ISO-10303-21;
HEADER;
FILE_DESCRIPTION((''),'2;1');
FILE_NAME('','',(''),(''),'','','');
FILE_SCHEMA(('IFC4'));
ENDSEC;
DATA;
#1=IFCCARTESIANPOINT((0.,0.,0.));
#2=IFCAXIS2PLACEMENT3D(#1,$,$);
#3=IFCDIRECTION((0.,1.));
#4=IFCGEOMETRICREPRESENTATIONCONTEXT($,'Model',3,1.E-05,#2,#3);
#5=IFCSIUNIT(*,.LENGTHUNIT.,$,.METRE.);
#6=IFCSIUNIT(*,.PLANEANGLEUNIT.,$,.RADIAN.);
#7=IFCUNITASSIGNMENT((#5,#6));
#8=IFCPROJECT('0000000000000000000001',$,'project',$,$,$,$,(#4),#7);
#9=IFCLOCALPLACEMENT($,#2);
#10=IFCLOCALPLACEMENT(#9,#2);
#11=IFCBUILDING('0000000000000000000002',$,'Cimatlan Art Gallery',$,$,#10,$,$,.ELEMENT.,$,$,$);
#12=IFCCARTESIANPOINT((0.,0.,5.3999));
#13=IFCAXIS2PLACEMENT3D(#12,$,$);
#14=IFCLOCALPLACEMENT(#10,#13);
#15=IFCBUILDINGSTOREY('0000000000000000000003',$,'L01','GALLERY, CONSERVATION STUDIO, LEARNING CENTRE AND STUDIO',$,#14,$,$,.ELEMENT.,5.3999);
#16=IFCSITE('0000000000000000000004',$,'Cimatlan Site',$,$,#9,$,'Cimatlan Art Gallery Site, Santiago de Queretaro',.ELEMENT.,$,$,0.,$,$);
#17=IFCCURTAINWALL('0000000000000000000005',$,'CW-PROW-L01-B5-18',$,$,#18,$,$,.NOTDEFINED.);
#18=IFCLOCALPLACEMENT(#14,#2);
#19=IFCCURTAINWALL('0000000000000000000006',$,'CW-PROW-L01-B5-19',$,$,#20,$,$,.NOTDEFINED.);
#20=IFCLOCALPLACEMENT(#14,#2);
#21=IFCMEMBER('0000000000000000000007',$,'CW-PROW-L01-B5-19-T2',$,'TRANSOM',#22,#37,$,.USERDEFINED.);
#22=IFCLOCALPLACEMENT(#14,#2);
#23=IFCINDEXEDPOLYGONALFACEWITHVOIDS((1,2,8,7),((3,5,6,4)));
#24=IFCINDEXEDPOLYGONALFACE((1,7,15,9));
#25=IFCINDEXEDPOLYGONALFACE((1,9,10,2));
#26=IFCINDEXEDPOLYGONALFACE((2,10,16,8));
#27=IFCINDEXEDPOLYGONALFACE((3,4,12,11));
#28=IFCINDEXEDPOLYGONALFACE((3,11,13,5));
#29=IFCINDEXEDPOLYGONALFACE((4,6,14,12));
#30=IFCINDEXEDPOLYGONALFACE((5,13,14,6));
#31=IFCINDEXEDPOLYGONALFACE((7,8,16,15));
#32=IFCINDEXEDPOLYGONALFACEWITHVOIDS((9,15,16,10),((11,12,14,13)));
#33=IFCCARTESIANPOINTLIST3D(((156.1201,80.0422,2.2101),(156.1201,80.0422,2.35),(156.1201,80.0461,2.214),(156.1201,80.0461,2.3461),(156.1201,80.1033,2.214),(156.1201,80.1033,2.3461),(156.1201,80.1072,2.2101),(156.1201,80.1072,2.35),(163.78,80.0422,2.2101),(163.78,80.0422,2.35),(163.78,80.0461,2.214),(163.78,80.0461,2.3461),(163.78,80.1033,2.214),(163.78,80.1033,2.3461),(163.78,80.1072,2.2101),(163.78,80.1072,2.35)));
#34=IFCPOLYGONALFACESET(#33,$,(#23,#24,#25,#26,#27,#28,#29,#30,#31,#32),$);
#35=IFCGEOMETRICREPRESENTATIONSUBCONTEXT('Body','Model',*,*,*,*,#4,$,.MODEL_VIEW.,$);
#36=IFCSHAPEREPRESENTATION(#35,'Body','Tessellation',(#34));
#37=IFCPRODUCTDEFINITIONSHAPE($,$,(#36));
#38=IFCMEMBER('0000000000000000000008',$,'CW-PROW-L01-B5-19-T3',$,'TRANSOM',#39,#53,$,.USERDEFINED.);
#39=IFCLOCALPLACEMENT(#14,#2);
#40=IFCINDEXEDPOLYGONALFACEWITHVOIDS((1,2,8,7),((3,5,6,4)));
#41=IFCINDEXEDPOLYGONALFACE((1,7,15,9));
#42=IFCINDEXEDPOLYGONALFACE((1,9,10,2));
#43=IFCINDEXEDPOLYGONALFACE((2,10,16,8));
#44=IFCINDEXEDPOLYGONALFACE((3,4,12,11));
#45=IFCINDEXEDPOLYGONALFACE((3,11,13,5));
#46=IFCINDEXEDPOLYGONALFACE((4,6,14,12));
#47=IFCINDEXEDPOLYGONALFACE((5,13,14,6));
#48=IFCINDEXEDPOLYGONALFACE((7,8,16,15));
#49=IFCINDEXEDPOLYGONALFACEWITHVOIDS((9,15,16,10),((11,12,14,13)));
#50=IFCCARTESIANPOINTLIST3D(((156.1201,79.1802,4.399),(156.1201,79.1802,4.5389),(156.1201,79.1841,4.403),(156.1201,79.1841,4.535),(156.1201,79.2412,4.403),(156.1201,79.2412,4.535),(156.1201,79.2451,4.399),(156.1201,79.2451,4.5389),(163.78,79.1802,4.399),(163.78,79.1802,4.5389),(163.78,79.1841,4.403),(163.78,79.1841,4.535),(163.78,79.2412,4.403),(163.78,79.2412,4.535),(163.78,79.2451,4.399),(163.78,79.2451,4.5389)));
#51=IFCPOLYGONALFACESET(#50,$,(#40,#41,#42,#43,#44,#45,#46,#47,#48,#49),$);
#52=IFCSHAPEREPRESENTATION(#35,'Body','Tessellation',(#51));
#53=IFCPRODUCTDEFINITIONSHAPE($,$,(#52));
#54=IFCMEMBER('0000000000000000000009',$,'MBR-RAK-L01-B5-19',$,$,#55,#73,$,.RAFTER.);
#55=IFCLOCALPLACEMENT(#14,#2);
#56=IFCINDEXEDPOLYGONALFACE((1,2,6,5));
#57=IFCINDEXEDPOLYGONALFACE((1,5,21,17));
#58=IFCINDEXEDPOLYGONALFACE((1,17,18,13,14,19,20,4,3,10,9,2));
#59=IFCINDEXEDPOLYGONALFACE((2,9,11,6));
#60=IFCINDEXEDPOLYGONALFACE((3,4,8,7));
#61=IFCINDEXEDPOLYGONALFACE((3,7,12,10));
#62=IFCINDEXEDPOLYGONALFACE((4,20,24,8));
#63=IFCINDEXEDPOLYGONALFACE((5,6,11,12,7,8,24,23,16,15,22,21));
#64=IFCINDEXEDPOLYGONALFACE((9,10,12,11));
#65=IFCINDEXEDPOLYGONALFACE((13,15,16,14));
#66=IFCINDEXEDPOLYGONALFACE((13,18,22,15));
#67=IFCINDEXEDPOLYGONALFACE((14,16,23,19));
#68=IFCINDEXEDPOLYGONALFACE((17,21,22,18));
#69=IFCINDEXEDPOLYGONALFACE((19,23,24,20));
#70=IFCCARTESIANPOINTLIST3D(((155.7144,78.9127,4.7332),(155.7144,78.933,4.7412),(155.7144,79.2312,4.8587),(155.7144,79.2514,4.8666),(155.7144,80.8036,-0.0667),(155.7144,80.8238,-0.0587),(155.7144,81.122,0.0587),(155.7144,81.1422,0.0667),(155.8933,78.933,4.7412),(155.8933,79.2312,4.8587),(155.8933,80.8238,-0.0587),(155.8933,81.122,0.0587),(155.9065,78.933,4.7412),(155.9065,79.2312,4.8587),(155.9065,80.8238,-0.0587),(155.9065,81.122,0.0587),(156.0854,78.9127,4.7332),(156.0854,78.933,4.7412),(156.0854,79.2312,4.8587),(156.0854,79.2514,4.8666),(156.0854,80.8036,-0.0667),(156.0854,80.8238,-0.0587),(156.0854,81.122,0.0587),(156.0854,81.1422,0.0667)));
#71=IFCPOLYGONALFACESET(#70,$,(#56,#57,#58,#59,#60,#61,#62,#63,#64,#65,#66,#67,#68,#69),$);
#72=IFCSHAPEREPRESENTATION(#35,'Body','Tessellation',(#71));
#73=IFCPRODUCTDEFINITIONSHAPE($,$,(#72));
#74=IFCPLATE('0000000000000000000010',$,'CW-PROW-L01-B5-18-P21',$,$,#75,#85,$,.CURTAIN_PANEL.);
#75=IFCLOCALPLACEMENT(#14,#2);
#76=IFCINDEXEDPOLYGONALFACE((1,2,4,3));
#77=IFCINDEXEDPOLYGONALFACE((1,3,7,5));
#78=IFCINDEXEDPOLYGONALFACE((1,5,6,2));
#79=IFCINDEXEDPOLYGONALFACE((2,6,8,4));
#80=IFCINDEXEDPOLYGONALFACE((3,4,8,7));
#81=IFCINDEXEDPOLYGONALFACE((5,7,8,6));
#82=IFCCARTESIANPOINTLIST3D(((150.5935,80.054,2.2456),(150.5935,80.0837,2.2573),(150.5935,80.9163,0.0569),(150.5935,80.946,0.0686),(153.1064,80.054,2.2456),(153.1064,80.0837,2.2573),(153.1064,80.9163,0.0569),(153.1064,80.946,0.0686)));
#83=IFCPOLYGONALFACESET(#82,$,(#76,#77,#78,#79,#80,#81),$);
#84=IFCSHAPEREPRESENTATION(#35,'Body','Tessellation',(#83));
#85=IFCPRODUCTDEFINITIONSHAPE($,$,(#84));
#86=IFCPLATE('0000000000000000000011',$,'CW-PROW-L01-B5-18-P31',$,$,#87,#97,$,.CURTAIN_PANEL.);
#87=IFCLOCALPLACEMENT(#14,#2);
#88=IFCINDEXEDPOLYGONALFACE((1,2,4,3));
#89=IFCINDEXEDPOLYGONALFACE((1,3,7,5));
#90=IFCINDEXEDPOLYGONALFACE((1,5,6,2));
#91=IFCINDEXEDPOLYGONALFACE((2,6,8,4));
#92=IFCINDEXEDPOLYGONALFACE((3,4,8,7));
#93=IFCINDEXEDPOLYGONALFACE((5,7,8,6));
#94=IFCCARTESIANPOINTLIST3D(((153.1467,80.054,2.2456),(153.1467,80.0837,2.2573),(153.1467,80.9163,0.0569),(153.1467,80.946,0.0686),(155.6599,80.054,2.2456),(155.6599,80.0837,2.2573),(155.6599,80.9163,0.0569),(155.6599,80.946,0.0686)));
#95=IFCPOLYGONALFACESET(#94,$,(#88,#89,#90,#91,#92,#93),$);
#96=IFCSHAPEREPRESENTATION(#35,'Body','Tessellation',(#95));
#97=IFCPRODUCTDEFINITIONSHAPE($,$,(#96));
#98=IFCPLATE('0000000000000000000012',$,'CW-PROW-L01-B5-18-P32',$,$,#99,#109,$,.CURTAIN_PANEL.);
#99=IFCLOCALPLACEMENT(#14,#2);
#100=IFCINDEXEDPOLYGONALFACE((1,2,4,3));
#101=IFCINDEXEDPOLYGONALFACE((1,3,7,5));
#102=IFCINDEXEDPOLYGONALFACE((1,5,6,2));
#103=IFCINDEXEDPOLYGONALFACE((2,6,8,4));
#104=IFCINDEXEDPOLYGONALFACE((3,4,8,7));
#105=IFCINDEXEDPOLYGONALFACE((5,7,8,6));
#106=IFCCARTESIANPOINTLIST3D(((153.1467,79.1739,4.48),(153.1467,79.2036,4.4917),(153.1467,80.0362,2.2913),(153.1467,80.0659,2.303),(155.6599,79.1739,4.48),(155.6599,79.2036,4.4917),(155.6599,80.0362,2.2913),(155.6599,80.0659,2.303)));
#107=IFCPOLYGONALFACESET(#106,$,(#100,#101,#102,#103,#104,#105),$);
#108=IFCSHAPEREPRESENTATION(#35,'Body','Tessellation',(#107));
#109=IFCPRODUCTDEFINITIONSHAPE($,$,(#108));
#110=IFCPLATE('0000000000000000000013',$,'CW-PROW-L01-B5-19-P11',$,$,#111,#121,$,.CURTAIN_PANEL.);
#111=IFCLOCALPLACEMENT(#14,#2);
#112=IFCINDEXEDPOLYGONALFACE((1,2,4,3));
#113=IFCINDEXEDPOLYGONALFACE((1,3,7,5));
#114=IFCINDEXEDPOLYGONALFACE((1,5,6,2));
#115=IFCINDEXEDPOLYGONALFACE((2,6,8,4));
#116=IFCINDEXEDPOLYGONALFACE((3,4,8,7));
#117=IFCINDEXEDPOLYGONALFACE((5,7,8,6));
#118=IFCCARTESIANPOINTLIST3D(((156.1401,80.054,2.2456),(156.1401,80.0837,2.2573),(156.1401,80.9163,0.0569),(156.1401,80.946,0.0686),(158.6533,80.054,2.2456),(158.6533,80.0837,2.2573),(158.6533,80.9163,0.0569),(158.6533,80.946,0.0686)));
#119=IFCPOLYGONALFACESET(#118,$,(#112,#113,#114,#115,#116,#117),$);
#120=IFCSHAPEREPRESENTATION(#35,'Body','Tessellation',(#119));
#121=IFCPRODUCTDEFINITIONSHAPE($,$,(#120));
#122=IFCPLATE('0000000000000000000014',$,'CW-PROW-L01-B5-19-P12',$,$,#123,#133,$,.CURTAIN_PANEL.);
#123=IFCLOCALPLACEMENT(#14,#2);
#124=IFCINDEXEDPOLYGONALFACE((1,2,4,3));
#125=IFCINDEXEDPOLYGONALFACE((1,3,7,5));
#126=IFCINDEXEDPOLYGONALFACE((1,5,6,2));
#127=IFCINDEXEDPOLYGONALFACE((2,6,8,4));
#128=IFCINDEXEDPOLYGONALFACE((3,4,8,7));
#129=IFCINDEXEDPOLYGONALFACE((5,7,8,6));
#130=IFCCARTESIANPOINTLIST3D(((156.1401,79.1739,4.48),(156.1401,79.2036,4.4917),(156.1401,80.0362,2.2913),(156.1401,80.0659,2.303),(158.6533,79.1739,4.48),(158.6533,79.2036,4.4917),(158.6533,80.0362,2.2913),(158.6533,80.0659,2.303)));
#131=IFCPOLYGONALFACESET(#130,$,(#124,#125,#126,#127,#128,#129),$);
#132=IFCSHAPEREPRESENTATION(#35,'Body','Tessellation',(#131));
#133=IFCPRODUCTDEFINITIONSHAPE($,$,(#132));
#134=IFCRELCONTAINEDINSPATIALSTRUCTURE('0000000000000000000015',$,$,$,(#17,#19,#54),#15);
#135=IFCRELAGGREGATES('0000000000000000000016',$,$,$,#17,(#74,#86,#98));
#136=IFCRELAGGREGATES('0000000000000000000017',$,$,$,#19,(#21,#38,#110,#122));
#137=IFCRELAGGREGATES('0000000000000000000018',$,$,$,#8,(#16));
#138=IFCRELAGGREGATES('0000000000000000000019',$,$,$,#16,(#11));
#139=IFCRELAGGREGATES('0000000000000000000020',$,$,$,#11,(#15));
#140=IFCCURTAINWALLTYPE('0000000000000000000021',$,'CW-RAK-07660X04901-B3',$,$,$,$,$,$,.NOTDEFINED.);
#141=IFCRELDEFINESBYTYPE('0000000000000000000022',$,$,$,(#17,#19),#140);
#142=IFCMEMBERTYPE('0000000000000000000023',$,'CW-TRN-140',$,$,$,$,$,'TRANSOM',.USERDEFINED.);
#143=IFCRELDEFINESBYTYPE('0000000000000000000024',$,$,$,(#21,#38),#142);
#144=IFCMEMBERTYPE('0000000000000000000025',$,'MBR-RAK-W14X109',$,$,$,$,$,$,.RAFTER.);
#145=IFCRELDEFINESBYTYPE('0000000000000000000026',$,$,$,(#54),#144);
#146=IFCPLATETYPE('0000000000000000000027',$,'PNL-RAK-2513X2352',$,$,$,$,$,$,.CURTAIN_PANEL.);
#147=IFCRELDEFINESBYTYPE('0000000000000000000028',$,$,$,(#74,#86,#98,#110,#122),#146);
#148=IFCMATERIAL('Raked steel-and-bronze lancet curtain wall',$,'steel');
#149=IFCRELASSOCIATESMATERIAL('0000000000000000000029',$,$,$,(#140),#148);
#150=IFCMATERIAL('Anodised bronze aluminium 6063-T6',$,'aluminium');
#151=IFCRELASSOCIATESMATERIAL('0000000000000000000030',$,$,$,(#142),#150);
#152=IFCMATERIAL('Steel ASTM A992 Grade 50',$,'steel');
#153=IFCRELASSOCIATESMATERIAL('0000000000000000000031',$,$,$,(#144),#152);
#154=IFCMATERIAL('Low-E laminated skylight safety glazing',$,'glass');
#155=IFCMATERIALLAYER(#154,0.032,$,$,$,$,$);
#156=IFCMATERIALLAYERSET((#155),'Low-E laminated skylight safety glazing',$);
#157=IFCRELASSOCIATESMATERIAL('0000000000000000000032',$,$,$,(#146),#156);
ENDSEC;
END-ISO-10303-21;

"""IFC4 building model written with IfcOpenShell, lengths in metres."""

from ifc_helpers import new_model, si_unit, direction, frame, origin, origin_2d, place, context, subcontext, project, spatial, polyline, hollow_rectangle, i_section, outline, extrude, material, layer, layer_set, material_profile, profile_set, type_object, element, aggregate, save


model = new_model("IFC4")

# Units and contexts
model_context = context("Model", 3, precision=1e-05, world=origin(), true_north=direction((0.0, 1.0)))
body_context = subcontext(model_context, "Body", "Model", "MODEL_VIEW")
ifc_project = project(units=[si_unit("LENGTHUNIT", "METRE"), si_unit("PLANEANGLEUNIT", "RADIAN")], contexts=[model_context])

# Site, building, storey
site_placement = place(None, origin())
site = spatial("IfcSite", under=ifc_project, at=site_placement, Name="Cimatlan Site", LongName="Cimatlan Art Gallery Site, Santiago de Queretaro", CompositionType="ELEMENT", RefElevation=0.0)
building_placement = place(site_placement, origin())
building = spatial("IfcBuilding", under=site, at=building_placement, Name="Cimatlan Art Gallery", CompositionType="ELEMENT")
storey_placement = place(building_placement, frame((0.0, 0.0, 5.3999)))
storey = spatial("IfcBuildingStorey", under=building, at=storey_placement, Name="L01", Description="GALLERY, CONSERVATION STUDIO, LEARNING CENTRE AND STUDIO", CompositionType="ELEMENT", Elevation=5.3999)

# Shared definitions
ifc_material_1 = material(Name="Steel ASTM A992 Grade 50", Category="steel")

# Curtain walls, members
ifc_material_2 = material(Name="Raked steel-and-bronze lancet curtain wall", Category="steel")
curtain_wall_type = type_object("IfcCurtainWallType", Name="CW-RAK-07660X04901-B3", PredefinedType="NOTDEFINED", material=ifc_material_2)
curtain_wall_1_placement = place(storey_placement, origin())
curtain_wall_1 = element("IfcCurtainWall", 1, at=curtain_wall_1_placement, inside=storey, type_object=curtain_wall_type, Name="CW-PROW-L01-B5-18", PredefinedType="NOTDEFINED")
curtain_wall_2_placement = place(storey_placement, origin())
curtain_wall_2 = element("IfcCurtainWall", 2, at=curtain_wall_2_placement, inside=storey, type_object=curtain_wall_type, Name="CW-PROW-L01-B5-19", PredefinedType="NOTDEFINED")
ifc_material_3 = material(Name="Anodised bronze aluminium 6063-T6", Category="aluminium")
ifc_material_profile_1 = material_profile(ifc_material_3, hollow_rectangle(XDim=0.0649, YDim=0.1399, WallThickness=0.0039, at=origin_2d()), Name="ALU65X140X4")
ifc_profile_set_1 = profile_set([ifc_material_profile_1], Name="Anodised bronze aluminium 6063-T6")
member_type_1 = type_object("IfcMemberType", Name="CW-TRN-140", ElementType="TRANSOM", PredefinedType="USERDEFINED", material=ifc_profile_set_1)
member_1_placement = place(storey_placement, frame((156.1201, 80.0747, 2.28), z_axis=(1.0, 0.0, 0.0), x_axis=(0.0, 1.0, 0.0)))
member_1 = element("IfcMember", 3, at=member_1_placement, type_object=member_type_1, Name="CW-PROW-L01-B5-19-T2", ObjectType="TRANSOM", PredefinedType="USERDEFINED", context=body_context, shape_type="SweptSolid", body=[
    extrude(hollow_rectangle(XDim=0.0649, YDim=0.1399, WallThickness=0.0039, at=origin_2d()), origin(), (0.0, 0.0, 1.0), 7.6599),
])
member_2_placement = place(storey_placement, frame((156.1201, 79.2126, 4.469), z_axis=(1.0, 0.0, 0.0), x_axis=(0.0, 1.0, 0.0)))
member_2 = element("IfcMember", 4, at=member_2_placement, type_object=member_type_1, Name="CW-PROW-L01-B5-19-T3", ObjectType="TRANSOM", PredefinedType="USERDEFINED", context=body_context, shape_type="SweptSolid", body=[
    extrude(hollow_rectangle(XDim=0.0649, YDim=0.1399, WallThickness=0.0039, at=origin_2d()), origin(), (0.0, 0.0, 1.0), 7.6599),
])

# Member
ifc_material_profile_2 = material_profile(ifc_material_1, i_section(OverallWidth=0.3711, OverallDepth=0.364, WebThickness=0.0132, FlangeThickness=0.0217, at=origin_2d()), Name="W14X109")
ifc_profile_set_2 = profile_set([ifc_material_profile_2], Name="Steel ASTM A992 Grade 50")
member_type_2 = type_object("IfcMemberType", Name="MBR-RAK-W14X109", PredefinedType="RAFTER", material=ifc_profile_set_2)
member_3_placement = place(storey_placement, frame((155.8999, 80.9729, 0.0), z_axis=(0.0, -0.366515, 0.930412), x_axis=(1.0, 0.0, 0.0)))
element("IfcMember", 5, at=member_3_placement, inside=storey, type_object=member_type_2, Name="MBR-RAK-L01-B5-19", PredefinedType="RAFTER", context=body_context, shape_type="SweptSolid", body=[
    extrude(i_section(OverallWidth=0.3711, OverallDepth=0.364, WebThickness=0.0132, FlangeThickness=0.0217, at=origin_2d()), origin(), (0.0, 0.0, 1.0), 5.1589),
])

# Plates
ifc_material_4 = material(Name="Low-E laminated skylight safety glazing", Category="glass")
ifc_layer = layer(ifc_material_4, 0.032)
ifc_layer_set = layer_set([ifc_layer], Name="Low-E laminated skylight safety glazing")
plate_type = type_object("IfcPlateType", Name="PNL-RAK-2513X2352", PredefinedType="CURTAIN_PANEL", material=ifc_layer_set)
plate_1_placement = place(storey_placement, frame((150.5935, 80.946, 0.0686), z_axis=(0.0, 0.930397, 0.366554), x_axis=(1.0, 0.0, 0.0)))
plate_1 = element("IfcPlate", 6, at=plate_1_placement, type_object=plate_type, Name="CW-PROW-L01-B5-18-P21", PredefinedType="CURTAIN_PANEL", context=body_context, shape_type="SweptSolid", body=[
    extrude(outline(polyline([(0.0, 0.0), (2.5129, 0.0), (2.5129, -2.3525), (0.0, -2.3525), (0.0, 0.0)])), origin(), (0.0, 0.0, -1.0), 0.032),
])
plate_2_placement = place(storey_placement, frame((153.1467, 80.946, 0.0686), z_axis=(0.0, 0.930397, 0.366554), x_axis=(1.0, 0.0, 0.0)))
plate_2 = element("IfcPlate", 7, at=plate_2_placement, type_object=plate_type, Name="CW-PROW-L01-B5-18-P31", PredefinedType="CURTAIN_PANEL", context=body_context, shape_type="SweptSolid", body=[
    extrude(outline(polyline([(0.0, 0.0), (2.5132, 0.0), (2.5132, -2.3525), (0.0, -2.3525), (0.0, 0.0)])), origin(), (0.0, 0.0, -1.0), 0.032),
])
plate_3_placement = place(storey_placement, frame((153.1467, 80.0659, 2.303), z_axis=(0.0, 0.930397, 0.366554), x_axis=(1.0, 0.0, 0.0)))
plate_3 = element("IfcPlate", 8, at=plate_3_placement, type_object=plate_type, Name="CW-PROW-L01-B5-18-P32", PredefinedType="CURTAIN_PANEL", context=body_context, shape_type="SweptSolid", body=[
    extrude(outline(polyline([(0.0, 0.0), (2.5132, 0.0), (2.5132, -2.3525), (0.0, -2.3525), (0.0, 0.0)])), origin(), (0.0, 0.0, -1.0), 0.032),
])
aggregate(curtain_wall_1, [plate_1, plate_2, plate_3])
plate_4_placement = place(storey_placement, frame((156.1401, 80.946, 0.0686), z_axis=(0.0, 0.930397, 0.366554), x_axis=(1.0, 0.0, 0.0)))
plate_4 = element("IfcPlate", 9, at=plate_4_placement, type_object=plate_type, Name="CW-PROW-L01-B5-19-P11", PredefinedType="CURTAIN_PANEL", context=body_context, shape_type="SweptSolid", body=[
    extrude(outline(polyline([(0.0, 0.0), (2.5132, 0.0), (2.5132, -2.3525), (0.0, -2.3525), (0.0, 0.0)])), origin(), (0.0, 0.0, -1.0), 0.032),
])
plate_5_placement = place(storey_placement, frame((156.1401, 80.0659, 2.303), z_axis=(0.0, 0.930397, 0.366554), x_axis=(1.0, 0.0, 0.0)))
plate_5 = element("IfcPlate", 10, at=plate_5_placement, type_object=plate_type, Name="CW-PROW-L01-B5-19-P12", PredefinedType="CURTAIN_PANEL", context=body_context, shape_type="SweptSolid", body=[
    extrude(outline(polyline([(0.0, 0.0), (2.5132, 0.0), (2.5132, -2.3525), (0.0, -2.3525), (0.0, 0.0)])), origin(), (0.0, 0.0, -1.0), 0.032),
])
aggregate(curtain_wall_2, [member_1, member_2, plate_4, plate_5])

save(model, "model.ifc")
